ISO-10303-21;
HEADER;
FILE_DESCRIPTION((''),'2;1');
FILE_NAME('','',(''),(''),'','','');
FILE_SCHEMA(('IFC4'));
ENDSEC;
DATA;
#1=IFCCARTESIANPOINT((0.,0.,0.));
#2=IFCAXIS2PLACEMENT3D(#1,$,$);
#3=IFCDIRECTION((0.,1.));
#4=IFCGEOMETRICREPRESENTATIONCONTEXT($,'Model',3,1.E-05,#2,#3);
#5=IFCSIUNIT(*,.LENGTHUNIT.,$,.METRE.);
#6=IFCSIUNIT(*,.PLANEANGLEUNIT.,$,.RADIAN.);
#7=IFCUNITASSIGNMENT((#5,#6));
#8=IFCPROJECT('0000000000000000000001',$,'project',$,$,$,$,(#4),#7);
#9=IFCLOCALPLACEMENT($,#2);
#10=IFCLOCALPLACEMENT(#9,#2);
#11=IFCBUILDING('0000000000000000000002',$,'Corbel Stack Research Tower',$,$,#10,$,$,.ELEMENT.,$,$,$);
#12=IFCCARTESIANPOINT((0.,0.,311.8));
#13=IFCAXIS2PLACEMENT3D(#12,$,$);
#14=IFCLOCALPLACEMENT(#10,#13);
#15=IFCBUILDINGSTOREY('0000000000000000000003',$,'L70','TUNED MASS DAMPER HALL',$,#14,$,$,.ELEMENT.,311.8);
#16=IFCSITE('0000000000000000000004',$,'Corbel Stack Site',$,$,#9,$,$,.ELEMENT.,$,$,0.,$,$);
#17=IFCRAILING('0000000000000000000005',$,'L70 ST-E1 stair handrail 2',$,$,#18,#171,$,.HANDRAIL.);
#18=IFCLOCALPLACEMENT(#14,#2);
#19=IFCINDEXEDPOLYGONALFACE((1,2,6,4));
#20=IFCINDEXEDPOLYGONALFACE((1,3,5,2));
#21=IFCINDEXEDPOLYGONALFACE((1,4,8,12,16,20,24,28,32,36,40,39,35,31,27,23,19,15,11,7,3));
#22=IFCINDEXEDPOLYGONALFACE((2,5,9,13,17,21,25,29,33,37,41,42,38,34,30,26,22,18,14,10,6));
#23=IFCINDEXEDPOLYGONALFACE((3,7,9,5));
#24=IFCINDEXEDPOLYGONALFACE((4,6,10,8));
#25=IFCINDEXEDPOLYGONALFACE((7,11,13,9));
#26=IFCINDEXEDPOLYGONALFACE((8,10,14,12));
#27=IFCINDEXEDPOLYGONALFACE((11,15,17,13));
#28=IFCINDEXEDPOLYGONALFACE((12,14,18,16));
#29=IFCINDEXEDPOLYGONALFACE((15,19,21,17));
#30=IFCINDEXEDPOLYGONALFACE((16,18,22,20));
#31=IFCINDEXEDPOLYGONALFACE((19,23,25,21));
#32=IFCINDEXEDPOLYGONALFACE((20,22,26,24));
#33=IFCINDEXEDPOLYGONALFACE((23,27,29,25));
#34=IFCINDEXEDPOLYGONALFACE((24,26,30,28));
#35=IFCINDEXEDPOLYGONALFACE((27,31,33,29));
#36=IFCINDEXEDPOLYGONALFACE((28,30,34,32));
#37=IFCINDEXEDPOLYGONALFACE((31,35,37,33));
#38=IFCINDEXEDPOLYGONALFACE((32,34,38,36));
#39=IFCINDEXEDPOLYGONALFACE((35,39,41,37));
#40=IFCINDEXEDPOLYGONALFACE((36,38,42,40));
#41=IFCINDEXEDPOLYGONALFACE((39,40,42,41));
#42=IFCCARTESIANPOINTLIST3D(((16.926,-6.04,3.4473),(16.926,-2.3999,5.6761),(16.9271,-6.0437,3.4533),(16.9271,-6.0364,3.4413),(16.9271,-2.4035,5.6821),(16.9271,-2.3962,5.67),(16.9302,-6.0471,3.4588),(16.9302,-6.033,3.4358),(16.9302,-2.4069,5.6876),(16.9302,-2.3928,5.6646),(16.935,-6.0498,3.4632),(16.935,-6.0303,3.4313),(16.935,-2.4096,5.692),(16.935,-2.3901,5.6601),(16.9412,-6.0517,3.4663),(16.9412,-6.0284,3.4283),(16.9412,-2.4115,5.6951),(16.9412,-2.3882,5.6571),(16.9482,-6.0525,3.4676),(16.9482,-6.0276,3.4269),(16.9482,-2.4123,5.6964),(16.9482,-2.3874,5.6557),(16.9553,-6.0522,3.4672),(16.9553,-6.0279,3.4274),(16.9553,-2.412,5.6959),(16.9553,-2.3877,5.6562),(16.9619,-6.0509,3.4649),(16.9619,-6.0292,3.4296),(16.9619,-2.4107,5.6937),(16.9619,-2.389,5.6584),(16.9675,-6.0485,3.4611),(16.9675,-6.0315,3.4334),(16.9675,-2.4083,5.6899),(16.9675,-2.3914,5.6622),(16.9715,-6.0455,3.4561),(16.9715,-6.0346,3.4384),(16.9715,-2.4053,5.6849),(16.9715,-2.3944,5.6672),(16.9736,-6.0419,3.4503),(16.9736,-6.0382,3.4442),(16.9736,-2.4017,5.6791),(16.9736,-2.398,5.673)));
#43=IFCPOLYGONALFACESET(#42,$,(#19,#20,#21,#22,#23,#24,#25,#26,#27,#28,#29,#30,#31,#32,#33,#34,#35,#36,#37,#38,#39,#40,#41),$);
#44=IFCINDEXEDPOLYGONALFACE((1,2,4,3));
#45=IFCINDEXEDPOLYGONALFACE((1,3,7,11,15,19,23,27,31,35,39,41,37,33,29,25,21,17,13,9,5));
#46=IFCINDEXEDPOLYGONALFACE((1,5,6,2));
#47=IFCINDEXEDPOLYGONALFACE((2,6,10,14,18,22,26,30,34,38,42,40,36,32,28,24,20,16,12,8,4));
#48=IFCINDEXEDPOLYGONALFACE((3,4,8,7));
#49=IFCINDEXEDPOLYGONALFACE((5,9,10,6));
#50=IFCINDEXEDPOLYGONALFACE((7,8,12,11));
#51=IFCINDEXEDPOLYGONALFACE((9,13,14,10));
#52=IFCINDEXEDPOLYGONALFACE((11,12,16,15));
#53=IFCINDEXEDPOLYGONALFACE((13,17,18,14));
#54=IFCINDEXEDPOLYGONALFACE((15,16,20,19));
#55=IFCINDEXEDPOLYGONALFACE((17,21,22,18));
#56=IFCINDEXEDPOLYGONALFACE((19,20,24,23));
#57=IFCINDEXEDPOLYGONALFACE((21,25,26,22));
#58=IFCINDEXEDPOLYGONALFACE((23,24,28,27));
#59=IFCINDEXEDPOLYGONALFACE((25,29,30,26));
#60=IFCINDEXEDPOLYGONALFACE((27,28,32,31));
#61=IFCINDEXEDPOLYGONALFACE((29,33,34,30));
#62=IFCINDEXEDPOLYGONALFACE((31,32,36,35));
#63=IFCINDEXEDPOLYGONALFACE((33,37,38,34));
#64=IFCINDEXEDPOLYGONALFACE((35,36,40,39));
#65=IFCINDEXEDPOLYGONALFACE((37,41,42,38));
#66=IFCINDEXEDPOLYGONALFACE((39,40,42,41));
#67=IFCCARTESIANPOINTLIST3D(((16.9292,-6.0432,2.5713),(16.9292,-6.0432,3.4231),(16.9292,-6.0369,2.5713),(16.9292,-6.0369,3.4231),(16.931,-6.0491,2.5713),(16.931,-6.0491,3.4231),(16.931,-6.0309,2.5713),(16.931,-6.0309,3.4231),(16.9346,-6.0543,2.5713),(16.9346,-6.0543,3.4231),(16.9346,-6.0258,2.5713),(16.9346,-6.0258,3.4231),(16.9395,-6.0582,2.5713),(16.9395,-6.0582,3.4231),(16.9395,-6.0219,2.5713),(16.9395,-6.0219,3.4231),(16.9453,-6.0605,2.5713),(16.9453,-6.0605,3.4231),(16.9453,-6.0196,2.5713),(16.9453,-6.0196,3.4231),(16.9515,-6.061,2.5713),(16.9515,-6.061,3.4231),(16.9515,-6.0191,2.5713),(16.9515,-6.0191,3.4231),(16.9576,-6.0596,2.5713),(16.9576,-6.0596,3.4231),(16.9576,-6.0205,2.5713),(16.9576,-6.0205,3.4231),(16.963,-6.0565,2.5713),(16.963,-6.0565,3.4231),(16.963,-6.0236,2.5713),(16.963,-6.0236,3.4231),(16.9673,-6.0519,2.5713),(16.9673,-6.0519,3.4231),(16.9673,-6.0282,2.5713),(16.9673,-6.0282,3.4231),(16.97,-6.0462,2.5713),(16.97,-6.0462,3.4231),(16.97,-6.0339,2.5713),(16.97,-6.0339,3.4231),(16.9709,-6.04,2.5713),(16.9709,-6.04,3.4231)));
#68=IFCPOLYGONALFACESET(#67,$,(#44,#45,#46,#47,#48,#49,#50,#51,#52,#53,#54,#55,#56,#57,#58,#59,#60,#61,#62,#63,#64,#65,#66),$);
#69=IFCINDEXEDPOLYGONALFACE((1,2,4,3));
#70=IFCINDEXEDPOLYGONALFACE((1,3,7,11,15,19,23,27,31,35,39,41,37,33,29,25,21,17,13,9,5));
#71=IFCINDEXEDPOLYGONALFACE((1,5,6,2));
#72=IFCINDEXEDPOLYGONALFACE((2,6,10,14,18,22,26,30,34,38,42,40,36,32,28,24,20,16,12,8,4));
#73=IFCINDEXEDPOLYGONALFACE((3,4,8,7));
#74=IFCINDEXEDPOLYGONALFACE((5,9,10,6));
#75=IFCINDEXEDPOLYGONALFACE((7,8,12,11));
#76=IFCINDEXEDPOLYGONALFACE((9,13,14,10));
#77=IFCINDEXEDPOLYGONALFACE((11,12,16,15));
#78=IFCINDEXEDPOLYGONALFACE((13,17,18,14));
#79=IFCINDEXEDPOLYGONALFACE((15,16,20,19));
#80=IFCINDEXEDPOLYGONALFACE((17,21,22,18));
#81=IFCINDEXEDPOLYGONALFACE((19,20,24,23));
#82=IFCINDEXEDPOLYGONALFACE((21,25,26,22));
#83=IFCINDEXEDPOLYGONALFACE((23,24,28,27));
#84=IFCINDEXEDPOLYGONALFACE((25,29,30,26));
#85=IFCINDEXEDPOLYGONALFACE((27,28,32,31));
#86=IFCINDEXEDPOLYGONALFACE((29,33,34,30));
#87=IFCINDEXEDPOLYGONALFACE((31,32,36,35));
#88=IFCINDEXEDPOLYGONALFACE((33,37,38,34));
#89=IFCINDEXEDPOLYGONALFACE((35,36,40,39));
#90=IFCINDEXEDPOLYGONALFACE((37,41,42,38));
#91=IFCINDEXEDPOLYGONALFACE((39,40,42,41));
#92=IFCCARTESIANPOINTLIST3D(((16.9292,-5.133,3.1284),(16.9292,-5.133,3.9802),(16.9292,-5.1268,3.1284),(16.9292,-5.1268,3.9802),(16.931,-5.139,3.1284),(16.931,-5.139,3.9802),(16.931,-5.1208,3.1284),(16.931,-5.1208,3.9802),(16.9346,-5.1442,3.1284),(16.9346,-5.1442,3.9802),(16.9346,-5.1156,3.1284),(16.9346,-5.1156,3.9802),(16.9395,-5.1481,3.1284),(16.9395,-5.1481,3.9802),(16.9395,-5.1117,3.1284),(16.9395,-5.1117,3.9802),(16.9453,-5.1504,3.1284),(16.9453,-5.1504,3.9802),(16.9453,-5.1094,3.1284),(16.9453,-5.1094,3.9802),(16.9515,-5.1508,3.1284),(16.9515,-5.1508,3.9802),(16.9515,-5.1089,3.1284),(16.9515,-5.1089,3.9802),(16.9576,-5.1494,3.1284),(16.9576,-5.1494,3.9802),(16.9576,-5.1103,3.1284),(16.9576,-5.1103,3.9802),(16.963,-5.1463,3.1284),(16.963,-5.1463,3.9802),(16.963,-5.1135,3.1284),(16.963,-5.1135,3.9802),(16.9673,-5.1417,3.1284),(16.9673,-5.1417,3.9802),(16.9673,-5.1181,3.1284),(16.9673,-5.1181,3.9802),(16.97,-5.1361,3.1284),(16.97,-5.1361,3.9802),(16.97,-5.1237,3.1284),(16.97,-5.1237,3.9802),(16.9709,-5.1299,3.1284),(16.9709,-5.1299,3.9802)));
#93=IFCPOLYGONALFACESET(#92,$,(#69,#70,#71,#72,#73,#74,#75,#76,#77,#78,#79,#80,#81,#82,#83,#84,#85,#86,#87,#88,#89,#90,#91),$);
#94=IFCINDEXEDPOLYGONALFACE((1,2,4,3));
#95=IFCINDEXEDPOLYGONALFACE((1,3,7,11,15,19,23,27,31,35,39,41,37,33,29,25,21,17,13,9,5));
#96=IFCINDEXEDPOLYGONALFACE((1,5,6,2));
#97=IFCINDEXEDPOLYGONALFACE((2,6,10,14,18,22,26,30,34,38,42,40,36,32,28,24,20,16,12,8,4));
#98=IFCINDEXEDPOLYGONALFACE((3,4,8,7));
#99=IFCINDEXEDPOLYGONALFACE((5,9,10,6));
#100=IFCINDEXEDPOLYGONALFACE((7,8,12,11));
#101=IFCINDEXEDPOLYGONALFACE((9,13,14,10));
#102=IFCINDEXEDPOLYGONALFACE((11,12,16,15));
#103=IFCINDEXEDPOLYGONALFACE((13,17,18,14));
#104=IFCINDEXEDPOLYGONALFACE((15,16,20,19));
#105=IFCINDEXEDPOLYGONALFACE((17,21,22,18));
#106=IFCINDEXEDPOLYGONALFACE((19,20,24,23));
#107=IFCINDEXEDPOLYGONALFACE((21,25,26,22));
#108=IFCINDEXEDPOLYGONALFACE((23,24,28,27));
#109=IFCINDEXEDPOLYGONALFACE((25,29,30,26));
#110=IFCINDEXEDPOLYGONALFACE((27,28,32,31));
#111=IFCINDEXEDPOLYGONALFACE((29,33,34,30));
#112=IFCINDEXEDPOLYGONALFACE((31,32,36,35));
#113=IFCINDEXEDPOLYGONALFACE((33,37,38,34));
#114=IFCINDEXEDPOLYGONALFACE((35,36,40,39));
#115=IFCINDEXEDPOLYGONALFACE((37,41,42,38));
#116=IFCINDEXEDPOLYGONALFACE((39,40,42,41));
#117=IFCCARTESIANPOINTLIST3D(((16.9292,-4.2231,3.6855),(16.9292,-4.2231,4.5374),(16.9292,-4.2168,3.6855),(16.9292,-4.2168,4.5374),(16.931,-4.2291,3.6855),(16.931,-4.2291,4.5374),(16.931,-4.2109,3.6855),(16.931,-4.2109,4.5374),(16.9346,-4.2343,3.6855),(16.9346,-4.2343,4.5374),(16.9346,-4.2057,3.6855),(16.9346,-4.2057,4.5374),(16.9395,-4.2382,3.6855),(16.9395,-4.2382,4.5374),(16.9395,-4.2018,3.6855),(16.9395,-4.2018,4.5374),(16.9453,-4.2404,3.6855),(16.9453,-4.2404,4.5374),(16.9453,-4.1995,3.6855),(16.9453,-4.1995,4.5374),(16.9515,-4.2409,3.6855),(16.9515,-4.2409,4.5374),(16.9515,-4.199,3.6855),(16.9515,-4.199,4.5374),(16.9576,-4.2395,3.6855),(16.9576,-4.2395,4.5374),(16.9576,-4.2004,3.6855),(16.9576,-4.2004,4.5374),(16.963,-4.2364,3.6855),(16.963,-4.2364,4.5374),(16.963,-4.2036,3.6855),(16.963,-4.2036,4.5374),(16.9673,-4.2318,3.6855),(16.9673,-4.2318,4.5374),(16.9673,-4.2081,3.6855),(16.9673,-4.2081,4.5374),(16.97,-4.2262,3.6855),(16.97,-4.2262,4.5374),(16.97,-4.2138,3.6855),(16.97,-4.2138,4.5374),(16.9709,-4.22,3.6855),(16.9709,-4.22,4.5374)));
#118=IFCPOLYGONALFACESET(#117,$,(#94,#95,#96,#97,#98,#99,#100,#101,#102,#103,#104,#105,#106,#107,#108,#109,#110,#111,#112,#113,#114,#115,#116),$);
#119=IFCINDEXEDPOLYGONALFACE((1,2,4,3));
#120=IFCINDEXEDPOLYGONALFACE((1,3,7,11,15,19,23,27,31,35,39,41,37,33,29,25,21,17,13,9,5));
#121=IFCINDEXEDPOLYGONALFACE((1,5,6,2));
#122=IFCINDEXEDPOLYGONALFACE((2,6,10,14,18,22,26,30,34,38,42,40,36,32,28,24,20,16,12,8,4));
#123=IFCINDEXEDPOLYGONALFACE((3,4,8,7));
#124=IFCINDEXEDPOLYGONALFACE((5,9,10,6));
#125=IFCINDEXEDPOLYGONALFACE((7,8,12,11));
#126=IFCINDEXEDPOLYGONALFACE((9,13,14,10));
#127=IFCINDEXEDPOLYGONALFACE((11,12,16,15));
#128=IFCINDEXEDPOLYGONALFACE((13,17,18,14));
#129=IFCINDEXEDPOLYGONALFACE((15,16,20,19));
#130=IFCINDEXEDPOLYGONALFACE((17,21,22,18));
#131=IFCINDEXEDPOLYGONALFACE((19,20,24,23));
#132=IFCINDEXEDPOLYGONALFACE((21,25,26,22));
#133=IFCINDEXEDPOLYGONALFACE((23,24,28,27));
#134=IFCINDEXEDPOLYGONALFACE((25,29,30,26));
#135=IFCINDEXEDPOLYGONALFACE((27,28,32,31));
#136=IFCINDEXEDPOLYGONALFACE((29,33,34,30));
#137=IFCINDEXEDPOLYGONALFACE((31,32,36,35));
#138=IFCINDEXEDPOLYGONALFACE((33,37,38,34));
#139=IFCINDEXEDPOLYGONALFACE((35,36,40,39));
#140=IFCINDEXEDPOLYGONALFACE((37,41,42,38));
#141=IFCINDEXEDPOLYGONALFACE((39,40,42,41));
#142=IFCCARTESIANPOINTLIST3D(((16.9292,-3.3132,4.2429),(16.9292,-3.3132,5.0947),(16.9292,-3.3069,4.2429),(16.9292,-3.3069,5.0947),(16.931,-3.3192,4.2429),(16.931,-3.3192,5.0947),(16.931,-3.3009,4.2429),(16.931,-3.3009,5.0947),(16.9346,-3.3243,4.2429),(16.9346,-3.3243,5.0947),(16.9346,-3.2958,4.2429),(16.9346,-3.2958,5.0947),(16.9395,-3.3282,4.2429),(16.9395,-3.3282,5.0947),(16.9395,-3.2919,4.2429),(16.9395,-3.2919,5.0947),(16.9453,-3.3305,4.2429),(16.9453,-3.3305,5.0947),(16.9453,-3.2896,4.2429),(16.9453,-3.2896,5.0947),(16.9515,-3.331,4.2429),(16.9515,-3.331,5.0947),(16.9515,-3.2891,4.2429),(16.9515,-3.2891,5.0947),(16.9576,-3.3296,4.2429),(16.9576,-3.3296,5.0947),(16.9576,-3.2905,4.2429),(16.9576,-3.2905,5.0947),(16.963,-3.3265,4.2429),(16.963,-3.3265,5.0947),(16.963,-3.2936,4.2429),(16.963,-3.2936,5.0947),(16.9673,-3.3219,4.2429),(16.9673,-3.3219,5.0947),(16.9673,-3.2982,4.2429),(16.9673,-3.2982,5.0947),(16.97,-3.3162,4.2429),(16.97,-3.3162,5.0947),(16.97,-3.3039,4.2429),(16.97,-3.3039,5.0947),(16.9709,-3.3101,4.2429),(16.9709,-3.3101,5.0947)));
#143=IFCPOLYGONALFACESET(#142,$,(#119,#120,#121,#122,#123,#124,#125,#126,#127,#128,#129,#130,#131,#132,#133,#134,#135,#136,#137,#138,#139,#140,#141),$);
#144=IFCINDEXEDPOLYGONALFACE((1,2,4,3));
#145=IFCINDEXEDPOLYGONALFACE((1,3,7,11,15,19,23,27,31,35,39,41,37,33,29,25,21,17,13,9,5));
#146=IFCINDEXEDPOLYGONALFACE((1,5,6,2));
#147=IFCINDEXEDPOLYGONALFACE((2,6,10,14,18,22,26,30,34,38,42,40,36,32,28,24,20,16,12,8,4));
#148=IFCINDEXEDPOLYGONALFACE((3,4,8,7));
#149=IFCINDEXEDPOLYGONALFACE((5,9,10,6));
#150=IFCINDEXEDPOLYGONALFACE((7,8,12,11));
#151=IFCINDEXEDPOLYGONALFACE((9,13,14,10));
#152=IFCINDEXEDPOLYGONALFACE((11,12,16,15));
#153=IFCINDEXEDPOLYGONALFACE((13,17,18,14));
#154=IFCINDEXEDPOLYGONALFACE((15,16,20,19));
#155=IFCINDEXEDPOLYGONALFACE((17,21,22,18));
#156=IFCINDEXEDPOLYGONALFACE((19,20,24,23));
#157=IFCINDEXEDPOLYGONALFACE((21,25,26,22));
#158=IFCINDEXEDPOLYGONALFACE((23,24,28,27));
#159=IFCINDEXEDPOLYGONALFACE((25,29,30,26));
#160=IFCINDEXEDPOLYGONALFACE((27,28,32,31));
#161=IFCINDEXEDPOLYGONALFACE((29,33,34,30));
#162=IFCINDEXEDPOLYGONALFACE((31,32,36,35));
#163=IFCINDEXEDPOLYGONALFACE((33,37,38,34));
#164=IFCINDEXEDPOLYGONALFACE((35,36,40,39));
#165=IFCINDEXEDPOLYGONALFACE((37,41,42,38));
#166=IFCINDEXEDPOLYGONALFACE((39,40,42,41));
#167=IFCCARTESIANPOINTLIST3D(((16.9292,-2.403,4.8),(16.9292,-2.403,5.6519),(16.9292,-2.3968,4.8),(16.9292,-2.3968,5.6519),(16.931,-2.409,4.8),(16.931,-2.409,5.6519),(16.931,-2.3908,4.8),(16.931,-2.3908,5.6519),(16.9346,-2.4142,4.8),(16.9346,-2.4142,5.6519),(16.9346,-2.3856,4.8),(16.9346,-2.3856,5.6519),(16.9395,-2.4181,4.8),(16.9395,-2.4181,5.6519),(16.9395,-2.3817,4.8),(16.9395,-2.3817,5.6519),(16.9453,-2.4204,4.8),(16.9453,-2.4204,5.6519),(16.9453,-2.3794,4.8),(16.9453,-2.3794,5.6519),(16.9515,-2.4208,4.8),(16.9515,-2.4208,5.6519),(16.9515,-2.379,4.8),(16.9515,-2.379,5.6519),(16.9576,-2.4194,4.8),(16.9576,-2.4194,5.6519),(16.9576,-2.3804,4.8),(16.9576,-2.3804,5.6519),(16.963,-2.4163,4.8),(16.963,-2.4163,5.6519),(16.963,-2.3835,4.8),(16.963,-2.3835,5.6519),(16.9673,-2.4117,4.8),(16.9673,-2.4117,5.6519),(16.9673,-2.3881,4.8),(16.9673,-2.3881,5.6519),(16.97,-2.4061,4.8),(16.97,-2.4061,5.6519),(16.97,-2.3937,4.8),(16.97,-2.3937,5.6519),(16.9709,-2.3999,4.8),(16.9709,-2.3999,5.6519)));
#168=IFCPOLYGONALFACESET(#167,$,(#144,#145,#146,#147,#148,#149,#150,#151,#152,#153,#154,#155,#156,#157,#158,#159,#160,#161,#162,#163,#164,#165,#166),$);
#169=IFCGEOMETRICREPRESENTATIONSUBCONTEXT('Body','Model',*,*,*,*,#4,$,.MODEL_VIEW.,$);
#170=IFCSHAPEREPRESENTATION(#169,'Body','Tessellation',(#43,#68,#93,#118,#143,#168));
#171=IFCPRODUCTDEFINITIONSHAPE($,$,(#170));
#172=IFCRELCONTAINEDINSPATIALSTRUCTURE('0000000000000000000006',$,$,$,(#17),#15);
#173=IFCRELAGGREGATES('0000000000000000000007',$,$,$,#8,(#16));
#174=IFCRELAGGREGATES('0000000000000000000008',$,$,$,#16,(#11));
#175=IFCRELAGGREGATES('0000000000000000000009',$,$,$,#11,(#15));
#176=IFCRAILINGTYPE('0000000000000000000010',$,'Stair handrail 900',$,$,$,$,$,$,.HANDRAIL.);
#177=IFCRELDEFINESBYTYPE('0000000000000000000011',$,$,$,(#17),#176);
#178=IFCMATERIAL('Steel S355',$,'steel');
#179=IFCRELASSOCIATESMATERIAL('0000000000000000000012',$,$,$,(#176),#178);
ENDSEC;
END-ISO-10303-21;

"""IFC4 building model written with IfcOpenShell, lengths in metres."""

from ifc_helpers import new_model, si_unit, direction, frame, origin, origin_2d, place, context, subcontext, project, spatial, circle, extrude, material, type_object, element, save


model = new_model("IFC4")

# Units and contexts
model_context = context("Model", 3, precision=1e-05, world=origin(), true_north=direction((0.0, 1.0)))
body_context = subcontext(model_context, "Body", "Model", "MODEL_VIEW")
ifc_project = project(units=[si_unit("LENGTHUNIT", "METRE"), si_unit("PLANEANGLEUNIT", "RADIAN")], contexts=[model_context])

# Site, building, storey
site_placement = place(None, origin())
site = spatial("IfcSite", under=ifc_project, at=site_placement, Name="Corbel Stack Site", CompositionType="ELEMENT", RefElevation=0.0)
building_placement = place(site_placement, origin())
building = spatial("IfcBuilding", under=site, at=building_placement, Name="Corbel Stack Research Tower", CompositionType="ELEMENT")
storey_placement = place(building_placement, frame((0.0, 0.0, 311.8)))
storey = spatial("IfcBuildingStorey", under=building, at=storey_placement, Name="L70", Description="TUNED MASS DAMPER HALL", CompositionType="ELEMENT", Elevation=311.8)

# Railing
ifc_material_1 = material(Name="Steel S355", Category="steel")
railing_type_1 = type_object("IfcRailingType", Name="Stair handrail 900", PredefinedType="HANDRAIL", material=ifc_material_1)
railing_1_placement = place(storey_placement, frame((16.95, -6.04, 2.5713)))
element("IfcRailing", 1, at=railing_1_placement, inside=storey, type_object=railing_type_1, Name="L70 ST-E1 stair handrail 2", PredefinedType="HANDRAIL", context=body_context, shape_type="SweptSolid", body=[
    extrude(circle(Radius=0.0239, at=origin_2d()), frame((0.0, 0.0, 0.876), z_axis=(0.0, 0.85284, 0.522172), x_axis=(-1.0, 0.0, 0.0)), (0.0, 0.0, 1.0), 4.2683),
    extrude(circle(Radius=0.021, at=origin_2d()), origin(), (0.0, 0.0, 1.0), 0.8518),
    extrude(circle(Radius=0.021, at=origin_2d()), frame((0.0, 0.9102, 0.5571)), (0.0, 0.0, 1.0), 0.8518),
    extrude(circle(Radius=0.021, at=origin_2d()), frame((0.0, 1.8201, 1.1143)), (0.0, 0.0, 1.0), 0.8518),
    extrude(circle(Radius=0.021, at=origin_2d()), frame((0.0, 2.73, 1.6716)), (0.0, 0.0, 1.0), 0.8518),
    extrude(circle(Radius=0.021, at=origin_2d()), frame((0.0, 3.6401, 2.2288)), (0.0, 0.0, 1.0), 0.8518),
])

save(model, "model.ifc")
